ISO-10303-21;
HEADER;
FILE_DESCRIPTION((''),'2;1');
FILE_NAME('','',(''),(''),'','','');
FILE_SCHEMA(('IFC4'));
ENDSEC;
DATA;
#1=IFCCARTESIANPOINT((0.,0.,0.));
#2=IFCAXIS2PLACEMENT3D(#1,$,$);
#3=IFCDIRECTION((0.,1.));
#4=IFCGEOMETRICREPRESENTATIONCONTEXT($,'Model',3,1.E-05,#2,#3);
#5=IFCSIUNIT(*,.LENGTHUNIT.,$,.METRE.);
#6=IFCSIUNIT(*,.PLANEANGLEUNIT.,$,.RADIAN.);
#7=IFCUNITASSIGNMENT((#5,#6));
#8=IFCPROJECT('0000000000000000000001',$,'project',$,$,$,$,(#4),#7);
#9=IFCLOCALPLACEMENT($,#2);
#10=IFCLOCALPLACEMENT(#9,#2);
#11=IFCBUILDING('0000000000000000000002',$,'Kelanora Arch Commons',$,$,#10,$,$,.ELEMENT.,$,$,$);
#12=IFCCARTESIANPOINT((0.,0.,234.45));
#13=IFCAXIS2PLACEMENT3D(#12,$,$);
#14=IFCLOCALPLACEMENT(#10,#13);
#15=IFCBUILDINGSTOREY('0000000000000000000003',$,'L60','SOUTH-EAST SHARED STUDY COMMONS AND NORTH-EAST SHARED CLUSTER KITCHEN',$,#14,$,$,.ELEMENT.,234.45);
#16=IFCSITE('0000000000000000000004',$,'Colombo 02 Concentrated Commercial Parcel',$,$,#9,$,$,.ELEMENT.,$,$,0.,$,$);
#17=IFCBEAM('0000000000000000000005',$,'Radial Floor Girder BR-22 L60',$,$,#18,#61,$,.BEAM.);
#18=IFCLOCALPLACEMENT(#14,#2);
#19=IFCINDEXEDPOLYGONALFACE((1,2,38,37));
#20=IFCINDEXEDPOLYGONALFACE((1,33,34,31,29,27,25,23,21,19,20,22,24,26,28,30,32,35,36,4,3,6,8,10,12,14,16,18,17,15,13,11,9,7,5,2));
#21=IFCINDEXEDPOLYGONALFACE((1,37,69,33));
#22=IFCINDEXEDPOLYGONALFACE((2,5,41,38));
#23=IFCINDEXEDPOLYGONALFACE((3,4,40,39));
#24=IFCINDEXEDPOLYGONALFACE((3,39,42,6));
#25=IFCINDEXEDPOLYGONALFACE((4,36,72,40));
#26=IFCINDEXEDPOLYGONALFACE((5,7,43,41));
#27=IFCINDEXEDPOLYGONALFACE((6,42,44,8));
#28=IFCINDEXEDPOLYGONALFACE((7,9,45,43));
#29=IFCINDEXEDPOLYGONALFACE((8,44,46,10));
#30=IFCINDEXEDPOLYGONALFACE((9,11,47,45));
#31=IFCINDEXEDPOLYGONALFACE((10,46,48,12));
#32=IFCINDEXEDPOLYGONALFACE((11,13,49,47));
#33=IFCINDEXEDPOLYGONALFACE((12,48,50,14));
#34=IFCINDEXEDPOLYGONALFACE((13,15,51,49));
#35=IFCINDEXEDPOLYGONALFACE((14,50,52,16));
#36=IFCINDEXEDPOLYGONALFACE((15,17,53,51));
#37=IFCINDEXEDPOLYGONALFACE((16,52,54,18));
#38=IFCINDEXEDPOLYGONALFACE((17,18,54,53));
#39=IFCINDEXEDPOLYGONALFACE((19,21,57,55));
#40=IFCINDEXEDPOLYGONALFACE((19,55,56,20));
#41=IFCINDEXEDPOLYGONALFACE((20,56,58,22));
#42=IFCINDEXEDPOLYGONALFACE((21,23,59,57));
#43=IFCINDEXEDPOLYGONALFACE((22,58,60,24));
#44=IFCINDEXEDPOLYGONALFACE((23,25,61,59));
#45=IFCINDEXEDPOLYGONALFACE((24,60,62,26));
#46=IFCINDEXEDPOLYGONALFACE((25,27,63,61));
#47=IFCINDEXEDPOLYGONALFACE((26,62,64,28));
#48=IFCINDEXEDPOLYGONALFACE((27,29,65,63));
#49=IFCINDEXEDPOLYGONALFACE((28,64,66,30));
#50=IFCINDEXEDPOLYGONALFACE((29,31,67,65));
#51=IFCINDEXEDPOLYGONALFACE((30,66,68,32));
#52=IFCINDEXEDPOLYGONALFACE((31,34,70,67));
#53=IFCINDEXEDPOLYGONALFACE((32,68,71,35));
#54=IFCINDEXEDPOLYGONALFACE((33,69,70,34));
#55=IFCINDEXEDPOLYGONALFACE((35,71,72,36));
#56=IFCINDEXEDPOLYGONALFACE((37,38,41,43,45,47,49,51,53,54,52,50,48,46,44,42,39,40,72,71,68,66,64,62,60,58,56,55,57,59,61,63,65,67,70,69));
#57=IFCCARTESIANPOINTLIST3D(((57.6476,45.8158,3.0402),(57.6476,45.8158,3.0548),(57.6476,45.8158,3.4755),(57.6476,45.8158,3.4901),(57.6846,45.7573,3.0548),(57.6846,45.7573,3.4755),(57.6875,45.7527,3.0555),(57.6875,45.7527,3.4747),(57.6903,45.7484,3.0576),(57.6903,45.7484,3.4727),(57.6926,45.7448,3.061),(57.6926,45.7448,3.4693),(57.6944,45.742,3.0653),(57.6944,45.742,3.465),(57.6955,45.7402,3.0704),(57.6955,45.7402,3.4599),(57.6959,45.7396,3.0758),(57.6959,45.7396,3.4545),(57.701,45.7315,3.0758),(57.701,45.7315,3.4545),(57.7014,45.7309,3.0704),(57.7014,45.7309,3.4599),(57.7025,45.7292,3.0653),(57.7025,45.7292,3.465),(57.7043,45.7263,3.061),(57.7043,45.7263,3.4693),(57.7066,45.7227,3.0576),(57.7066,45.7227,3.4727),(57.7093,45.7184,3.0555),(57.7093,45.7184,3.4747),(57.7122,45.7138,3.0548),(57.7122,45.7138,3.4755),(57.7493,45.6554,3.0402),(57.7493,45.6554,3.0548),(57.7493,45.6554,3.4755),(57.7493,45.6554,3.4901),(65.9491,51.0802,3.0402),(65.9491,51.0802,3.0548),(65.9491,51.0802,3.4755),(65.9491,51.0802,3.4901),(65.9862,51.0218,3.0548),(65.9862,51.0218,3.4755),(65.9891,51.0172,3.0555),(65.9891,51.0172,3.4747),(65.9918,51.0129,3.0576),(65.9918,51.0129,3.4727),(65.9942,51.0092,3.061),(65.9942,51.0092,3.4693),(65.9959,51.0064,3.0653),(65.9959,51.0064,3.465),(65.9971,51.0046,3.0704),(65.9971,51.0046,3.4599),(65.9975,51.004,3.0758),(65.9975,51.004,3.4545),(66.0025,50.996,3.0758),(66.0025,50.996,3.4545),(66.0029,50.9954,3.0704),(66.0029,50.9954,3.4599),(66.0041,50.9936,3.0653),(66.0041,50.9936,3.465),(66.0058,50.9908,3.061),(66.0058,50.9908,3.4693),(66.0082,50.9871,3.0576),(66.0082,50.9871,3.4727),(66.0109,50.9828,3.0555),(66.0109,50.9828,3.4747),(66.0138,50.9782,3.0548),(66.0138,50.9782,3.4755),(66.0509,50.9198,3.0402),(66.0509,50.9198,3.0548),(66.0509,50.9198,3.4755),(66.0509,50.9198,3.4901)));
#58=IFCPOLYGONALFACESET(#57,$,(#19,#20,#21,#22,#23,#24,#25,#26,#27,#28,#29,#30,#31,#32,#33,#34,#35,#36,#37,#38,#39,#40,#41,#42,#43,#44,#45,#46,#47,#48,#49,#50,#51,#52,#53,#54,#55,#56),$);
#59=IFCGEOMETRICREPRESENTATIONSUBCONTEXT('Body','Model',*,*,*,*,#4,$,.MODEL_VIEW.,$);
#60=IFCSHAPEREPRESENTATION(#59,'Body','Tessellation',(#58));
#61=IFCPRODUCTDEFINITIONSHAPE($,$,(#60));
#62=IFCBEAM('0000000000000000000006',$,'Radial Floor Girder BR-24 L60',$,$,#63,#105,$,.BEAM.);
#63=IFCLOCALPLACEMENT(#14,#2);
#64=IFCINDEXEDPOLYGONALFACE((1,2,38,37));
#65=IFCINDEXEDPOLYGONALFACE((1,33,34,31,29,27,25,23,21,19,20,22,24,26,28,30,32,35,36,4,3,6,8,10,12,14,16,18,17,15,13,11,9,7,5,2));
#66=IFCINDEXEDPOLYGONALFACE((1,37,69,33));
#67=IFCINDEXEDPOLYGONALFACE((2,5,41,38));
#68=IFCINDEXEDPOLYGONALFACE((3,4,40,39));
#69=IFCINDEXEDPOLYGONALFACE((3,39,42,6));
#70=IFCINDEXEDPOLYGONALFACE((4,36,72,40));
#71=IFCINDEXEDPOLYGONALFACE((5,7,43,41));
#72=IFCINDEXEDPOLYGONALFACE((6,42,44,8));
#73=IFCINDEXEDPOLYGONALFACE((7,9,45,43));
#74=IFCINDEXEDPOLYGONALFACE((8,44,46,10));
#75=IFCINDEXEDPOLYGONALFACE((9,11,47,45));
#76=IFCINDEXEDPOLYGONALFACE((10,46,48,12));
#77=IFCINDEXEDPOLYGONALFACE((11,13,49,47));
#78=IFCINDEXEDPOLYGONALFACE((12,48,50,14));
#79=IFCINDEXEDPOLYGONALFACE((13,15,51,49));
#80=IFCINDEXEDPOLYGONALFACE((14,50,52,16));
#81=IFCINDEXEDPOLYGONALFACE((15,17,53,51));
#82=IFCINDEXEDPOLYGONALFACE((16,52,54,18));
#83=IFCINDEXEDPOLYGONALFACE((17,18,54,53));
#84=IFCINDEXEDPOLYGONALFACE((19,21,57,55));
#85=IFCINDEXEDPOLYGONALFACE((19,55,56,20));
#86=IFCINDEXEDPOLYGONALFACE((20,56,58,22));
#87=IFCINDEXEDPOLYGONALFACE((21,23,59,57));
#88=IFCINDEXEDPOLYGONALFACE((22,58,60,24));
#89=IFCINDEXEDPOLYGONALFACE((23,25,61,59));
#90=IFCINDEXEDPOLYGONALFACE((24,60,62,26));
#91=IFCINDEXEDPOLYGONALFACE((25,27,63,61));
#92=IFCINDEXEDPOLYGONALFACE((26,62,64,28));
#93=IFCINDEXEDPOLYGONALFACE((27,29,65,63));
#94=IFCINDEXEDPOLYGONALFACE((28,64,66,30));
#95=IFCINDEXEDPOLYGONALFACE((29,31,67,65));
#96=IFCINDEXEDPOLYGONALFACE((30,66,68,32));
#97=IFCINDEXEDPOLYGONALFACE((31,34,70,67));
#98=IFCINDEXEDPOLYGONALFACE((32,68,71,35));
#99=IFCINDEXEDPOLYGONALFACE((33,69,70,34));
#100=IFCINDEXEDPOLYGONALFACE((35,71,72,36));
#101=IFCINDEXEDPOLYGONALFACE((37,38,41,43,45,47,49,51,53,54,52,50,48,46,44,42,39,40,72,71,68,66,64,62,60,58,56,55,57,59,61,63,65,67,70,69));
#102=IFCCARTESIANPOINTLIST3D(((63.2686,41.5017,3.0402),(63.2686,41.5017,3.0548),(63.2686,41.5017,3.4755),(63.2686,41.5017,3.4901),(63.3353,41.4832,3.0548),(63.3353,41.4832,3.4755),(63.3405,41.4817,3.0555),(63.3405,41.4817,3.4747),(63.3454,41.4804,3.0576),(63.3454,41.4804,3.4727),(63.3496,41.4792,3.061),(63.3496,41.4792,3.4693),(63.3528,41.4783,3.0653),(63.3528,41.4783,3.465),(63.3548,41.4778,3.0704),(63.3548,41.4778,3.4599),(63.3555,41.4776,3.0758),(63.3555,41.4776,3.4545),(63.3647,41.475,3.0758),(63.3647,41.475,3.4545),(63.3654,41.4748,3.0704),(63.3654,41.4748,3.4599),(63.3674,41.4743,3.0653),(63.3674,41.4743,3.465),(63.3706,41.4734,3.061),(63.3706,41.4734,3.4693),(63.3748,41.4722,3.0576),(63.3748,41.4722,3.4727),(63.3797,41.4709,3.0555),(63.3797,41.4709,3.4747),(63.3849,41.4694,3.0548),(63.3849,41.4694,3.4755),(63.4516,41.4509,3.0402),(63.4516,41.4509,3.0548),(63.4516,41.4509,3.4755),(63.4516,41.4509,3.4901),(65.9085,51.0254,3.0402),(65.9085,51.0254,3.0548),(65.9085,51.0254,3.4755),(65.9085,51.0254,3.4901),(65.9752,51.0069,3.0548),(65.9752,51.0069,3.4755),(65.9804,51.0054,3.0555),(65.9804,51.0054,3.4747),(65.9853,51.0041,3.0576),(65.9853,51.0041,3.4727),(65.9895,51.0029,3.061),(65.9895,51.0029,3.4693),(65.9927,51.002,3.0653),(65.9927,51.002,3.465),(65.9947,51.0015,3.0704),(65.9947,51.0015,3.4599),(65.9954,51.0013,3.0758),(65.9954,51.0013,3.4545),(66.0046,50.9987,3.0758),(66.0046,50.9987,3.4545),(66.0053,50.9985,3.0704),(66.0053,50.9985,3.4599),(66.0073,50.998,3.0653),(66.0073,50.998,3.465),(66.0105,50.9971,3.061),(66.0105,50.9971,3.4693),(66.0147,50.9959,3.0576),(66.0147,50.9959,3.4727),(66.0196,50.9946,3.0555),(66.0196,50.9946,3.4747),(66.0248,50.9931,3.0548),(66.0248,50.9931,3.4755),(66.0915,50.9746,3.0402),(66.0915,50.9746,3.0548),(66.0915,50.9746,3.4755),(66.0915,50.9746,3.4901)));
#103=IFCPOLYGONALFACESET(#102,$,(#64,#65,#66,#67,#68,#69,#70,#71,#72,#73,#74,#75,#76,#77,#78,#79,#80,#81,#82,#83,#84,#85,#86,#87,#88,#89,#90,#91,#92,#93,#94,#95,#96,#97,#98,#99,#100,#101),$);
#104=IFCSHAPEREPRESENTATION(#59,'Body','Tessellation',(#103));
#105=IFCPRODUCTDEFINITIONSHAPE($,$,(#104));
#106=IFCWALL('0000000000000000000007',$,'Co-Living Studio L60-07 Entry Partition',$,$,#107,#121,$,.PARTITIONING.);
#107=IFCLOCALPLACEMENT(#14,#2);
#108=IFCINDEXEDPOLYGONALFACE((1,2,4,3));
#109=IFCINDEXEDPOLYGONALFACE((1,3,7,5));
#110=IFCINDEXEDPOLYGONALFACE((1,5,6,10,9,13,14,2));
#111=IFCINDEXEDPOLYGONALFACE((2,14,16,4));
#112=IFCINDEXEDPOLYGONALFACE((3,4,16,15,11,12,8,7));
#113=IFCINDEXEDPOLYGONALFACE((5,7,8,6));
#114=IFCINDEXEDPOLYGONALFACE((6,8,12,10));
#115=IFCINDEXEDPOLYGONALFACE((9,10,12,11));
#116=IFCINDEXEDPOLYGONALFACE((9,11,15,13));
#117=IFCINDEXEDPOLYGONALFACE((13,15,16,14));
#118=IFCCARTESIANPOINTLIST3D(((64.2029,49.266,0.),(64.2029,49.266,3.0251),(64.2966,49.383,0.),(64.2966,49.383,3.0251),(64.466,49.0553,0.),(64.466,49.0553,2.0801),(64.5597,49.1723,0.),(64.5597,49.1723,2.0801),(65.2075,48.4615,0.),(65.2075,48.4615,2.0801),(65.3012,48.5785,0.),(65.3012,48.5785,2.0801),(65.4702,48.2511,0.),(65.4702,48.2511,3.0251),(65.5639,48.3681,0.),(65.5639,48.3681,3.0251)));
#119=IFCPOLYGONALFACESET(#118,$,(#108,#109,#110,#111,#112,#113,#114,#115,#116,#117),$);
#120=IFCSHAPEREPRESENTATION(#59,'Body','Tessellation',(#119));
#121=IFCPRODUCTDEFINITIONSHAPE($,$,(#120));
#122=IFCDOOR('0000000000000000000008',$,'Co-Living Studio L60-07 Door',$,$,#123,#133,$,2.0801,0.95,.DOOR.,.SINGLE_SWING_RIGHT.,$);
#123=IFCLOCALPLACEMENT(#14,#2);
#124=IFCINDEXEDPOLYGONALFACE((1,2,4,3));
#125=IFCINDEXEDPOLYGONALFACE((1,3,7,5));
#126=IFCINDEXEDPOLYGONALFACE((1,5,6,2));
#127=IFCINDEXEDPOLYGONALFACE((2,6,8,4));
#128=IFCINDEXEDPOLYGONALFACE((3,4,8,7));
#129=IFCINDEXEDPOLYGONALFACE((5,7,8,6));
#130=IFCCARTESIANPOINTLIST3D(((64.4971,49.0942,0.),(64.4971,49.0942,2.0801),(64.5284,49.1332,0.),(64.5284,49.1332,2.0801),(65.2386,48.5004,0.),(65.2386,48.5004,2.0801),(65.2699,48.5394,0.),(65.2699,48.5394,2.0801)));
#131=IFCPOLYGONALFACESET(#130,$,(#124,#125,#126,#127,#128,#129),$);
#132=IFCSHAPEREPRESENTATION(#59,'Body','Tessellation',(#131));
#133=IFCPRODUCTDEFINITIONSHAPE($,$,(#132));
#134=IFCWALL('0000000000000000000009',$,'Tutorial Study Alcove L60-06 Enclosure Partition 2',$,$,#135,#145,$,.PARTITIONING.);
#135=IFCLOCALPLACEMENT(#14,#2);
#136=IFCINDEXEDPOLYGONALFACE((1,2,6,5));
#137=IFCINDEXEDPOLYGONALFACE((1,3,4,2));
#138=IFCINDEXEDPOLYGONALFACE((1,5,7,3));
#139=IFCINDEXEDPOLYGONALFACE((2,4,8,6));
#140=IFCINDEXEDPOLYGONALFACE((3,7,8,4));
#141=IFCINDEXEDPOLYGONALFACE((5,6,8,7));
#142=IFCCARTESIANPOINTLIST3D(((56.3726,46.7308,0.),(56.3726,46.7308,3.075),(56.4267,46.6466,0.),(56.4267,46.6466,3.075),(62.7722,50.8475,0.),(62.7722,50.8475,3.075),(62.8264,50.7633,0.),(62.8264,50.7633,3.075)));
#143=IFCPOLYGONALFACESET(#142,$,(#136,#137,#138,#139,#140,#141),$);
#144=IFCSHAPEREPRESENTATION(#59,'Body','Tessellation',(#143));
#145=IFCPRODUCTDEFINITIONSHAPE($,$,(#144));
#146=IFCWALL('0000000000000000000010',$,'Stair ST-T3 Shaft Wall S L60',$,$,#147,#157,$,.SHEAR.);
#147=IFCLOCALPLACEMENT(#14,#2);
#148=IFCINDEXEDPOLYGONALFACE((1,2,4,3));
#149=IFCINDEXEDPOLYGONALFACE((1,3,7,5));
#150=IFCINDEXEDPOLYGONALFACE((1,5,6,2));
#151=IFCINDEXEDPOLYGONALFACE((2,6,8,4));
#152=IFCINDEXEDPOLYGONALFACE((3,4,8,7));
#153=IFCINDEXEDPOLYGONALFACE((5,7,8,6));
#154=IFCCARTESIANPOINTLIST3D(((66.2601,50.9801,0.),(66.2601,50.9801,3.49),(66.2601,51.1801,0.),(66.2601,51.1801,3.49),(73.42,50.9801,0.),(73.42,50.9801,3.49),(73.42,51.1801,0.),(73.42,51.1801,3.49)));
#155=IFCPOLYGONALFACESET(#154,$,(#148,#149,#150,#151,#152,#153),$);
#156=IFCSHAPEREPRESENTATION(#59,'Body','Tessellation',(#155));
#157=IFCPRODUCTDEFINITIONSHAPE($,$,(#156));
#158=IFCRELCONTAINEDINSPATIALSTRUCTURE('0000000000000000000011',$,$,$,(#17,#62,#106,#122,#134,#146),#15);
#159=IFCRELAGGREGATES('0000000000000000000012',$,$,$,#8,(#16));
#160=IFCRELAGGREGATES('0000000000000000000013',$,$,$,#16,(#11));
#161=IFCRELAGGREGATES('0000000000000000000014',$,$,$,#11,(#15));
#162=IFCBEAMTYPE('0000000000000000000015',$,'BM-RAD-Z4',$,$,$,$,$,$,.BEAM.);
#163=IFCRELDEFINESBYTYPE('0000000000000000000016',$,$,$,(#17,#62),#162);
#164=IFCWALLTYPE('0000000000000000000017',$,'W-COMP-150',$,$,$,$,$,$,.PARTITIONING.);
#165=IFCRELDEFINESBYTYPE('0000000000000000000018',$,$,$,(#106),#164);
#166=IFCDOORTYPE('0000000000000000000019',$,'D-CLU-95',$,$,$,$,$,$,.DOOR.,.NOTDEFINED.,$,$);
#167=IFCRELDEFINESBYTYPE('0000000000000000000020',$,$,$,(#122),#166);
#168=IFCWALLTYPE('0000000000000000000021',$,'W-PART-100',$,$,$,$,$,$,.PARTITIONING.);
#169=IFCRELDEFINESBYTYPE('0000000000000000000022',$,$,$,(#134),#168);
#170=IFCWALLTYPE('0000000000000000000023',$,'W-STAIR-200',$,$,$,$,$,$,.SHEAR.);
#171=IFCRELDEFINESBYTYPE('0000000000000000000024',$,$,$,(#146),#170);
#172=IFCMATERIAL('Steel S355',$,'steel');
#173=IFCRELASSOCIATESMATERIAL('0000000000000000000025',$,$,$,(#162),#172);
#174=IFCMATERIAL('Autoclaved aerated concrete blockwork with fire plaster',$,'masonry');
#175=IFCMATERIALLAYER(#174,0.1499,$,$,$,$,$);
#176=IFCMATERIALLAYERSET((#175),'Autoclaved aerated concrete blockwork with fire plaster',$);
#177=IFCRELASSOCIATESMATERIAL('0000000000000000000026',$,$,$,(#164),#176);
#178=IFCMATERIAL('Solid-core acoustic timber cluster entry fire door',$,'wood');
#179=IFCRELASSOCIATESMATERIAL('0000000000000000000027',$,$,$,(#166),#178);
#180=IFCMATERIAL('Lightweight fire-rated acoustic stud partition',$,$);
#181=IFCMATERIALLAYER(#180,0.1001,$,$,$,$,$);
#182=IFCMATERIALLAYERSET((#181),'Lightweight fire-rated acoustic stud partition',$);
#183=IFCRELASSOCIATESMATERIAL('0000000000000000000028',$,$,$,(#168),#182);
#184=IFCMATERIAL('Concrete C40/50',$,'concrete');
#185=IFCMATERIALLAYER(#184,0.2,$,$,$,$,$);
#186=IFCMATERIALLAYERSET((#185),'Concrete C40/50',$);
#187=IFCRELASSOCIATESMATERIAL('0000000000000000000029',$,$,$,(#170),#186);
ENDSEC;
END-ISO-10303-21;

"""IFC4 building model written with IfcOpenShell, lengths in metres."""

from ifc_helpers import new_model, si_unit, direction, frame, frame_2d, origin, origin_2d, place, context, subcontext, project, spatial, rectangle, i_section, extrude, material, layer, layer_set, material_profile, profile_set, type_object, element, fill, save


model = new_model("IFC4")

# Units and contexts
model_context = context("Model", 3, precision=1e-05, world=origin(), true_north=direction((0.0, 1.0)))
body_context = subcontext(model_context, "Body", "Model", "MODEL_VIEW")
ifc_project = project(units=[si_unit("LENGTHUNIT", "METRE"), si_unit("PLANEANGLEUNIT", "RADIAN")], contexts=[model_context])

# Site, building, storey
site_placement = place(None, origin())
site = spatial("IfcSite", under=ifc_project, at=site_placement, Name="Colombo 02 Concentrated Commercial Parcel", CompositionType="ELEMENT", RefElevation=0.0)
building_placement = place(site_placement, origin())
building = spatial("IfcBuilding", under=site, at=building_placement, Name="Kelanora Arch Commons", CompositionType="ELEMENT")
storey_placement = place(building_placement, frame((0.0, 0.0, 234.45)))
storey = spatial("IfcBuildingStorey", under=building, at=storey_placement, Name="L60", Description="SOUTH-EAST SHARED STUDY COMMONS AND NORTH-EAST SHARED CLUSTER KITCHEN", CompositionType="ELEMENT", Elevation=234.45)

# Beams
ifc_material_1 = material(Name="Steel S355", Category="steel")
ifc_material_profile_1 = material_profile(ifc_material_1, i_section(OverallWidth=0.1899, OverallDepth=0.45, WebThickness=0.0095, FlangeThickness=0.0146, FilletRadius=0.021, at=origin_2d()), Name="IPE450")
ifc_profile_set_1 = profile_set([ifc_material_profile_1], Name="Steel S355")
beam_type_1 = type_object("IfcBeamType", Name="BM-RAD-Z4", PredefinedType="BEAM", material=ifc_profile_set_1)
beam_1_placement = place(storey_placement, frame((66.0, 51.0, 3.2651), z_axis=(-0.844507, -0.535544, 0.0), x_axis=(0.535544, -0.844507, 0.0)))
element("IfcBeam", 1, at=beam_1_placement, inside=storey, type_object=beam_type_1, Name="Radial Floor Girder BR-22 L60", PredefinedType="BEAM", context=body_context, shape_type="SweptSolid", body=[
    extrude(i_section(OverallWidth=0.1899, OverallDepth=0.45, WebThickness=0.0095, FlangeThickness=0.0146, FilletRadius=0.021, at=origin_2d()), origin(), (0.0, 0.0, 1.0), 9.8301),
])
beam_2_placement = place(storey_placement, frame((66.0, 51.0, 3.2651), z_axis=(-0.26712, -0.963663, 0.0), x_axis=(0.963663, -0.26712, 0.0)))
element("IfcBeam", 2, at=beam_2_placement, inside=storey, type_object=beam_type_1, Name="Radial Floor Girder BR-24 L60", PredefinedType="BEAM", context=body_context, shape_type="SweptSolid", body=[
    extrude(i_section(OverallWidth=0.1899, OverallDepth=0.45, WebThickness=0.0095, FlangeThickness=0.0146, FilletRadius=0.021, at=origin_2d()), origin(), (0.0, 0.0, 1.0), 9.8828),
])

# Wall, opening, door
ifc_material_2 = material(Name="Autoclaved aerated concrete blockwork with fire plaster", Category="masonry")
ifc_layer_1 = layer(ifc_material_2, 0.1499)
ifc_layer_set_1 = layer_set([ifc_layer_1], Name="Autoclaved aerated concrete blockwork with fire plaster")
wall_type_1 = type_object("IfcWallType", Name="W-COMP-150", PredefinedType="PARTITIONING", material=ifc_layer_set_1)
wall_1_placement = place(storey_placement, frame((64.2498, 49.3245, 0.0), z_axis=(0.0, 0.0, 1.0), x_axis=(0.780561, -0.62508, 0.0)))
wall_1 = element("IfcWall", 3, at=wall_1_placement, inside=storey, type_object=wall_type_1, Name="Co-Living Studio L60-07 Entry Partition", PredefinedType="PARTITIONING", context=body_context, shape_type="SweptSolid", body=[
    extrude(rectangle(XDim=1.6235, YDim=0.1499, at=frame_2d((0.8118, 0.0))), origin(), (0.0, 0.0, 1.0), 3.0251),
])
opening_1_placement = place(wall_1_placement, frame((0.3369, 0.0, 0.0)))
opening_1 = element("IfcOpeningElement", 4, at=opening_1_placement, cuts=wall_1, PredefinedType="OPENING", context=body_context, shape_type="SweptSolid", body=[
    extrude(rectangle(XDim=0.95, YDim=2.0801, at=frame_2d((0.4751, 1.04))), frame((0.0, 0.085, 0.0), z_axis=(0.0, -1.0, 0.0), x_axis=(1.0, 0.0, 0.0)), (0.0, 0.0, 1.0), 0.1699),
])
ifc_material_3 = material(Name="Solid-core acoustic timber cluster entry fire door", Category="wood")
door_type_1 = type_object("IfcDoorType", Name="D-CLU-95", OperationType="NOTDEFINED", PredefinedType="DOOR", material=ifc_material_3)
door_1_placement = place(opening_1_placement, origin())
door_1 = element("IfcDoor", 5, at=door_1_placement, inside=storey, type_object=door_type_1, Name="Co-Living Studio L60-07 Door", OperationType="SINGLE_SWING_RIGHT", OverallHeight=2.0801, OverallWidth=0.95, PredefinedType="DOOR", context=body_context, shape_type="SweptSolid", body=[
    extrude(rectangle(XDim=0.95, YDim=2.0801, at=frame_2d((0.4751, 1.04))), frame((0.0, 0.0249, 0.0), z_axis=(0.0, -1.0, 0.0), x_axis=(1.0, 0.0, 0.0)), (0.0, 0.0, 1.0), 0.05),
])
fill(opening_1, door_1)

# Walls
ifc_material_4 = material(Name="Lightweight fire-rated acoustic stud partition")
ifc_layer_2 = layer(ifc_material_4, 0.1001)
ifc_layer_set_2 = layer_set([ifc_layer_2], Name="Lightweight fire-rated acoustic stud partition")
wall_type_2 = type_object("IfcWallType", Name="W-PART-100", PredefinedType="PARTITIONING", material=ifc_layer_set_2)
wall_2_placement = place(storey_placement, frame((62.7993, 50.8054, 0.0), z_axis=(0.0, 0.0, 1.0), x_axis=(-0.841021, -0.541002, 0.0)))
element("IfcWall", 6, at=wall_2_placement, inside=storey, type_object=wall_type_2, Name="Tutorial Study Alcove L60-06 Enclosure Partition 2", PredefinedType="PARTITIONING", context=body_context, shape_type="SweptSolid", body=[
    extrude(rectangle(XDim=7.6094, YDim=0.1001, at=frame_2d((3.8047, 0.0))), origin(), (0.0, 0.0, 1.0), 3.075),
])
ifc_material_5 = material(Name="Concrete C40/50", Category="concrete")
ifc_layer_3 = layer(ifc_material_5, 0.2)
ifc_layer_set_3 = layer_set([ifc_layer_3], Name="Concrete C40/50")
wall_type_3 = type_object("IfcWallType", Name="W-STAIR-200", PredefinedType="SHEAR", material=ifc_layer_set_3)
wall_3_placement = place(storey_placement, frame((66.26, 51.0801, 0.0), z_axis=(0.0, 0.0, 1.0), x_axis=(1.0, 0.0, 0.0)))
element("IfcWall", 7, at=wall_3_placement, inside=storey, type_object=wall_type_3, Name="Stair ST-T3 Shaft Wall S L60", PredefinedType="SHEAR", context=body_context, shape_type="SweptSolid", body=[
    extrude(rectangle(XDim=7.1599, YDim=0.2, at=frame_2d((3.5801, 0.0))), origin(), (0.0, 0.0, 1.0), 3.49),
])

save(model, "model.ifc")
